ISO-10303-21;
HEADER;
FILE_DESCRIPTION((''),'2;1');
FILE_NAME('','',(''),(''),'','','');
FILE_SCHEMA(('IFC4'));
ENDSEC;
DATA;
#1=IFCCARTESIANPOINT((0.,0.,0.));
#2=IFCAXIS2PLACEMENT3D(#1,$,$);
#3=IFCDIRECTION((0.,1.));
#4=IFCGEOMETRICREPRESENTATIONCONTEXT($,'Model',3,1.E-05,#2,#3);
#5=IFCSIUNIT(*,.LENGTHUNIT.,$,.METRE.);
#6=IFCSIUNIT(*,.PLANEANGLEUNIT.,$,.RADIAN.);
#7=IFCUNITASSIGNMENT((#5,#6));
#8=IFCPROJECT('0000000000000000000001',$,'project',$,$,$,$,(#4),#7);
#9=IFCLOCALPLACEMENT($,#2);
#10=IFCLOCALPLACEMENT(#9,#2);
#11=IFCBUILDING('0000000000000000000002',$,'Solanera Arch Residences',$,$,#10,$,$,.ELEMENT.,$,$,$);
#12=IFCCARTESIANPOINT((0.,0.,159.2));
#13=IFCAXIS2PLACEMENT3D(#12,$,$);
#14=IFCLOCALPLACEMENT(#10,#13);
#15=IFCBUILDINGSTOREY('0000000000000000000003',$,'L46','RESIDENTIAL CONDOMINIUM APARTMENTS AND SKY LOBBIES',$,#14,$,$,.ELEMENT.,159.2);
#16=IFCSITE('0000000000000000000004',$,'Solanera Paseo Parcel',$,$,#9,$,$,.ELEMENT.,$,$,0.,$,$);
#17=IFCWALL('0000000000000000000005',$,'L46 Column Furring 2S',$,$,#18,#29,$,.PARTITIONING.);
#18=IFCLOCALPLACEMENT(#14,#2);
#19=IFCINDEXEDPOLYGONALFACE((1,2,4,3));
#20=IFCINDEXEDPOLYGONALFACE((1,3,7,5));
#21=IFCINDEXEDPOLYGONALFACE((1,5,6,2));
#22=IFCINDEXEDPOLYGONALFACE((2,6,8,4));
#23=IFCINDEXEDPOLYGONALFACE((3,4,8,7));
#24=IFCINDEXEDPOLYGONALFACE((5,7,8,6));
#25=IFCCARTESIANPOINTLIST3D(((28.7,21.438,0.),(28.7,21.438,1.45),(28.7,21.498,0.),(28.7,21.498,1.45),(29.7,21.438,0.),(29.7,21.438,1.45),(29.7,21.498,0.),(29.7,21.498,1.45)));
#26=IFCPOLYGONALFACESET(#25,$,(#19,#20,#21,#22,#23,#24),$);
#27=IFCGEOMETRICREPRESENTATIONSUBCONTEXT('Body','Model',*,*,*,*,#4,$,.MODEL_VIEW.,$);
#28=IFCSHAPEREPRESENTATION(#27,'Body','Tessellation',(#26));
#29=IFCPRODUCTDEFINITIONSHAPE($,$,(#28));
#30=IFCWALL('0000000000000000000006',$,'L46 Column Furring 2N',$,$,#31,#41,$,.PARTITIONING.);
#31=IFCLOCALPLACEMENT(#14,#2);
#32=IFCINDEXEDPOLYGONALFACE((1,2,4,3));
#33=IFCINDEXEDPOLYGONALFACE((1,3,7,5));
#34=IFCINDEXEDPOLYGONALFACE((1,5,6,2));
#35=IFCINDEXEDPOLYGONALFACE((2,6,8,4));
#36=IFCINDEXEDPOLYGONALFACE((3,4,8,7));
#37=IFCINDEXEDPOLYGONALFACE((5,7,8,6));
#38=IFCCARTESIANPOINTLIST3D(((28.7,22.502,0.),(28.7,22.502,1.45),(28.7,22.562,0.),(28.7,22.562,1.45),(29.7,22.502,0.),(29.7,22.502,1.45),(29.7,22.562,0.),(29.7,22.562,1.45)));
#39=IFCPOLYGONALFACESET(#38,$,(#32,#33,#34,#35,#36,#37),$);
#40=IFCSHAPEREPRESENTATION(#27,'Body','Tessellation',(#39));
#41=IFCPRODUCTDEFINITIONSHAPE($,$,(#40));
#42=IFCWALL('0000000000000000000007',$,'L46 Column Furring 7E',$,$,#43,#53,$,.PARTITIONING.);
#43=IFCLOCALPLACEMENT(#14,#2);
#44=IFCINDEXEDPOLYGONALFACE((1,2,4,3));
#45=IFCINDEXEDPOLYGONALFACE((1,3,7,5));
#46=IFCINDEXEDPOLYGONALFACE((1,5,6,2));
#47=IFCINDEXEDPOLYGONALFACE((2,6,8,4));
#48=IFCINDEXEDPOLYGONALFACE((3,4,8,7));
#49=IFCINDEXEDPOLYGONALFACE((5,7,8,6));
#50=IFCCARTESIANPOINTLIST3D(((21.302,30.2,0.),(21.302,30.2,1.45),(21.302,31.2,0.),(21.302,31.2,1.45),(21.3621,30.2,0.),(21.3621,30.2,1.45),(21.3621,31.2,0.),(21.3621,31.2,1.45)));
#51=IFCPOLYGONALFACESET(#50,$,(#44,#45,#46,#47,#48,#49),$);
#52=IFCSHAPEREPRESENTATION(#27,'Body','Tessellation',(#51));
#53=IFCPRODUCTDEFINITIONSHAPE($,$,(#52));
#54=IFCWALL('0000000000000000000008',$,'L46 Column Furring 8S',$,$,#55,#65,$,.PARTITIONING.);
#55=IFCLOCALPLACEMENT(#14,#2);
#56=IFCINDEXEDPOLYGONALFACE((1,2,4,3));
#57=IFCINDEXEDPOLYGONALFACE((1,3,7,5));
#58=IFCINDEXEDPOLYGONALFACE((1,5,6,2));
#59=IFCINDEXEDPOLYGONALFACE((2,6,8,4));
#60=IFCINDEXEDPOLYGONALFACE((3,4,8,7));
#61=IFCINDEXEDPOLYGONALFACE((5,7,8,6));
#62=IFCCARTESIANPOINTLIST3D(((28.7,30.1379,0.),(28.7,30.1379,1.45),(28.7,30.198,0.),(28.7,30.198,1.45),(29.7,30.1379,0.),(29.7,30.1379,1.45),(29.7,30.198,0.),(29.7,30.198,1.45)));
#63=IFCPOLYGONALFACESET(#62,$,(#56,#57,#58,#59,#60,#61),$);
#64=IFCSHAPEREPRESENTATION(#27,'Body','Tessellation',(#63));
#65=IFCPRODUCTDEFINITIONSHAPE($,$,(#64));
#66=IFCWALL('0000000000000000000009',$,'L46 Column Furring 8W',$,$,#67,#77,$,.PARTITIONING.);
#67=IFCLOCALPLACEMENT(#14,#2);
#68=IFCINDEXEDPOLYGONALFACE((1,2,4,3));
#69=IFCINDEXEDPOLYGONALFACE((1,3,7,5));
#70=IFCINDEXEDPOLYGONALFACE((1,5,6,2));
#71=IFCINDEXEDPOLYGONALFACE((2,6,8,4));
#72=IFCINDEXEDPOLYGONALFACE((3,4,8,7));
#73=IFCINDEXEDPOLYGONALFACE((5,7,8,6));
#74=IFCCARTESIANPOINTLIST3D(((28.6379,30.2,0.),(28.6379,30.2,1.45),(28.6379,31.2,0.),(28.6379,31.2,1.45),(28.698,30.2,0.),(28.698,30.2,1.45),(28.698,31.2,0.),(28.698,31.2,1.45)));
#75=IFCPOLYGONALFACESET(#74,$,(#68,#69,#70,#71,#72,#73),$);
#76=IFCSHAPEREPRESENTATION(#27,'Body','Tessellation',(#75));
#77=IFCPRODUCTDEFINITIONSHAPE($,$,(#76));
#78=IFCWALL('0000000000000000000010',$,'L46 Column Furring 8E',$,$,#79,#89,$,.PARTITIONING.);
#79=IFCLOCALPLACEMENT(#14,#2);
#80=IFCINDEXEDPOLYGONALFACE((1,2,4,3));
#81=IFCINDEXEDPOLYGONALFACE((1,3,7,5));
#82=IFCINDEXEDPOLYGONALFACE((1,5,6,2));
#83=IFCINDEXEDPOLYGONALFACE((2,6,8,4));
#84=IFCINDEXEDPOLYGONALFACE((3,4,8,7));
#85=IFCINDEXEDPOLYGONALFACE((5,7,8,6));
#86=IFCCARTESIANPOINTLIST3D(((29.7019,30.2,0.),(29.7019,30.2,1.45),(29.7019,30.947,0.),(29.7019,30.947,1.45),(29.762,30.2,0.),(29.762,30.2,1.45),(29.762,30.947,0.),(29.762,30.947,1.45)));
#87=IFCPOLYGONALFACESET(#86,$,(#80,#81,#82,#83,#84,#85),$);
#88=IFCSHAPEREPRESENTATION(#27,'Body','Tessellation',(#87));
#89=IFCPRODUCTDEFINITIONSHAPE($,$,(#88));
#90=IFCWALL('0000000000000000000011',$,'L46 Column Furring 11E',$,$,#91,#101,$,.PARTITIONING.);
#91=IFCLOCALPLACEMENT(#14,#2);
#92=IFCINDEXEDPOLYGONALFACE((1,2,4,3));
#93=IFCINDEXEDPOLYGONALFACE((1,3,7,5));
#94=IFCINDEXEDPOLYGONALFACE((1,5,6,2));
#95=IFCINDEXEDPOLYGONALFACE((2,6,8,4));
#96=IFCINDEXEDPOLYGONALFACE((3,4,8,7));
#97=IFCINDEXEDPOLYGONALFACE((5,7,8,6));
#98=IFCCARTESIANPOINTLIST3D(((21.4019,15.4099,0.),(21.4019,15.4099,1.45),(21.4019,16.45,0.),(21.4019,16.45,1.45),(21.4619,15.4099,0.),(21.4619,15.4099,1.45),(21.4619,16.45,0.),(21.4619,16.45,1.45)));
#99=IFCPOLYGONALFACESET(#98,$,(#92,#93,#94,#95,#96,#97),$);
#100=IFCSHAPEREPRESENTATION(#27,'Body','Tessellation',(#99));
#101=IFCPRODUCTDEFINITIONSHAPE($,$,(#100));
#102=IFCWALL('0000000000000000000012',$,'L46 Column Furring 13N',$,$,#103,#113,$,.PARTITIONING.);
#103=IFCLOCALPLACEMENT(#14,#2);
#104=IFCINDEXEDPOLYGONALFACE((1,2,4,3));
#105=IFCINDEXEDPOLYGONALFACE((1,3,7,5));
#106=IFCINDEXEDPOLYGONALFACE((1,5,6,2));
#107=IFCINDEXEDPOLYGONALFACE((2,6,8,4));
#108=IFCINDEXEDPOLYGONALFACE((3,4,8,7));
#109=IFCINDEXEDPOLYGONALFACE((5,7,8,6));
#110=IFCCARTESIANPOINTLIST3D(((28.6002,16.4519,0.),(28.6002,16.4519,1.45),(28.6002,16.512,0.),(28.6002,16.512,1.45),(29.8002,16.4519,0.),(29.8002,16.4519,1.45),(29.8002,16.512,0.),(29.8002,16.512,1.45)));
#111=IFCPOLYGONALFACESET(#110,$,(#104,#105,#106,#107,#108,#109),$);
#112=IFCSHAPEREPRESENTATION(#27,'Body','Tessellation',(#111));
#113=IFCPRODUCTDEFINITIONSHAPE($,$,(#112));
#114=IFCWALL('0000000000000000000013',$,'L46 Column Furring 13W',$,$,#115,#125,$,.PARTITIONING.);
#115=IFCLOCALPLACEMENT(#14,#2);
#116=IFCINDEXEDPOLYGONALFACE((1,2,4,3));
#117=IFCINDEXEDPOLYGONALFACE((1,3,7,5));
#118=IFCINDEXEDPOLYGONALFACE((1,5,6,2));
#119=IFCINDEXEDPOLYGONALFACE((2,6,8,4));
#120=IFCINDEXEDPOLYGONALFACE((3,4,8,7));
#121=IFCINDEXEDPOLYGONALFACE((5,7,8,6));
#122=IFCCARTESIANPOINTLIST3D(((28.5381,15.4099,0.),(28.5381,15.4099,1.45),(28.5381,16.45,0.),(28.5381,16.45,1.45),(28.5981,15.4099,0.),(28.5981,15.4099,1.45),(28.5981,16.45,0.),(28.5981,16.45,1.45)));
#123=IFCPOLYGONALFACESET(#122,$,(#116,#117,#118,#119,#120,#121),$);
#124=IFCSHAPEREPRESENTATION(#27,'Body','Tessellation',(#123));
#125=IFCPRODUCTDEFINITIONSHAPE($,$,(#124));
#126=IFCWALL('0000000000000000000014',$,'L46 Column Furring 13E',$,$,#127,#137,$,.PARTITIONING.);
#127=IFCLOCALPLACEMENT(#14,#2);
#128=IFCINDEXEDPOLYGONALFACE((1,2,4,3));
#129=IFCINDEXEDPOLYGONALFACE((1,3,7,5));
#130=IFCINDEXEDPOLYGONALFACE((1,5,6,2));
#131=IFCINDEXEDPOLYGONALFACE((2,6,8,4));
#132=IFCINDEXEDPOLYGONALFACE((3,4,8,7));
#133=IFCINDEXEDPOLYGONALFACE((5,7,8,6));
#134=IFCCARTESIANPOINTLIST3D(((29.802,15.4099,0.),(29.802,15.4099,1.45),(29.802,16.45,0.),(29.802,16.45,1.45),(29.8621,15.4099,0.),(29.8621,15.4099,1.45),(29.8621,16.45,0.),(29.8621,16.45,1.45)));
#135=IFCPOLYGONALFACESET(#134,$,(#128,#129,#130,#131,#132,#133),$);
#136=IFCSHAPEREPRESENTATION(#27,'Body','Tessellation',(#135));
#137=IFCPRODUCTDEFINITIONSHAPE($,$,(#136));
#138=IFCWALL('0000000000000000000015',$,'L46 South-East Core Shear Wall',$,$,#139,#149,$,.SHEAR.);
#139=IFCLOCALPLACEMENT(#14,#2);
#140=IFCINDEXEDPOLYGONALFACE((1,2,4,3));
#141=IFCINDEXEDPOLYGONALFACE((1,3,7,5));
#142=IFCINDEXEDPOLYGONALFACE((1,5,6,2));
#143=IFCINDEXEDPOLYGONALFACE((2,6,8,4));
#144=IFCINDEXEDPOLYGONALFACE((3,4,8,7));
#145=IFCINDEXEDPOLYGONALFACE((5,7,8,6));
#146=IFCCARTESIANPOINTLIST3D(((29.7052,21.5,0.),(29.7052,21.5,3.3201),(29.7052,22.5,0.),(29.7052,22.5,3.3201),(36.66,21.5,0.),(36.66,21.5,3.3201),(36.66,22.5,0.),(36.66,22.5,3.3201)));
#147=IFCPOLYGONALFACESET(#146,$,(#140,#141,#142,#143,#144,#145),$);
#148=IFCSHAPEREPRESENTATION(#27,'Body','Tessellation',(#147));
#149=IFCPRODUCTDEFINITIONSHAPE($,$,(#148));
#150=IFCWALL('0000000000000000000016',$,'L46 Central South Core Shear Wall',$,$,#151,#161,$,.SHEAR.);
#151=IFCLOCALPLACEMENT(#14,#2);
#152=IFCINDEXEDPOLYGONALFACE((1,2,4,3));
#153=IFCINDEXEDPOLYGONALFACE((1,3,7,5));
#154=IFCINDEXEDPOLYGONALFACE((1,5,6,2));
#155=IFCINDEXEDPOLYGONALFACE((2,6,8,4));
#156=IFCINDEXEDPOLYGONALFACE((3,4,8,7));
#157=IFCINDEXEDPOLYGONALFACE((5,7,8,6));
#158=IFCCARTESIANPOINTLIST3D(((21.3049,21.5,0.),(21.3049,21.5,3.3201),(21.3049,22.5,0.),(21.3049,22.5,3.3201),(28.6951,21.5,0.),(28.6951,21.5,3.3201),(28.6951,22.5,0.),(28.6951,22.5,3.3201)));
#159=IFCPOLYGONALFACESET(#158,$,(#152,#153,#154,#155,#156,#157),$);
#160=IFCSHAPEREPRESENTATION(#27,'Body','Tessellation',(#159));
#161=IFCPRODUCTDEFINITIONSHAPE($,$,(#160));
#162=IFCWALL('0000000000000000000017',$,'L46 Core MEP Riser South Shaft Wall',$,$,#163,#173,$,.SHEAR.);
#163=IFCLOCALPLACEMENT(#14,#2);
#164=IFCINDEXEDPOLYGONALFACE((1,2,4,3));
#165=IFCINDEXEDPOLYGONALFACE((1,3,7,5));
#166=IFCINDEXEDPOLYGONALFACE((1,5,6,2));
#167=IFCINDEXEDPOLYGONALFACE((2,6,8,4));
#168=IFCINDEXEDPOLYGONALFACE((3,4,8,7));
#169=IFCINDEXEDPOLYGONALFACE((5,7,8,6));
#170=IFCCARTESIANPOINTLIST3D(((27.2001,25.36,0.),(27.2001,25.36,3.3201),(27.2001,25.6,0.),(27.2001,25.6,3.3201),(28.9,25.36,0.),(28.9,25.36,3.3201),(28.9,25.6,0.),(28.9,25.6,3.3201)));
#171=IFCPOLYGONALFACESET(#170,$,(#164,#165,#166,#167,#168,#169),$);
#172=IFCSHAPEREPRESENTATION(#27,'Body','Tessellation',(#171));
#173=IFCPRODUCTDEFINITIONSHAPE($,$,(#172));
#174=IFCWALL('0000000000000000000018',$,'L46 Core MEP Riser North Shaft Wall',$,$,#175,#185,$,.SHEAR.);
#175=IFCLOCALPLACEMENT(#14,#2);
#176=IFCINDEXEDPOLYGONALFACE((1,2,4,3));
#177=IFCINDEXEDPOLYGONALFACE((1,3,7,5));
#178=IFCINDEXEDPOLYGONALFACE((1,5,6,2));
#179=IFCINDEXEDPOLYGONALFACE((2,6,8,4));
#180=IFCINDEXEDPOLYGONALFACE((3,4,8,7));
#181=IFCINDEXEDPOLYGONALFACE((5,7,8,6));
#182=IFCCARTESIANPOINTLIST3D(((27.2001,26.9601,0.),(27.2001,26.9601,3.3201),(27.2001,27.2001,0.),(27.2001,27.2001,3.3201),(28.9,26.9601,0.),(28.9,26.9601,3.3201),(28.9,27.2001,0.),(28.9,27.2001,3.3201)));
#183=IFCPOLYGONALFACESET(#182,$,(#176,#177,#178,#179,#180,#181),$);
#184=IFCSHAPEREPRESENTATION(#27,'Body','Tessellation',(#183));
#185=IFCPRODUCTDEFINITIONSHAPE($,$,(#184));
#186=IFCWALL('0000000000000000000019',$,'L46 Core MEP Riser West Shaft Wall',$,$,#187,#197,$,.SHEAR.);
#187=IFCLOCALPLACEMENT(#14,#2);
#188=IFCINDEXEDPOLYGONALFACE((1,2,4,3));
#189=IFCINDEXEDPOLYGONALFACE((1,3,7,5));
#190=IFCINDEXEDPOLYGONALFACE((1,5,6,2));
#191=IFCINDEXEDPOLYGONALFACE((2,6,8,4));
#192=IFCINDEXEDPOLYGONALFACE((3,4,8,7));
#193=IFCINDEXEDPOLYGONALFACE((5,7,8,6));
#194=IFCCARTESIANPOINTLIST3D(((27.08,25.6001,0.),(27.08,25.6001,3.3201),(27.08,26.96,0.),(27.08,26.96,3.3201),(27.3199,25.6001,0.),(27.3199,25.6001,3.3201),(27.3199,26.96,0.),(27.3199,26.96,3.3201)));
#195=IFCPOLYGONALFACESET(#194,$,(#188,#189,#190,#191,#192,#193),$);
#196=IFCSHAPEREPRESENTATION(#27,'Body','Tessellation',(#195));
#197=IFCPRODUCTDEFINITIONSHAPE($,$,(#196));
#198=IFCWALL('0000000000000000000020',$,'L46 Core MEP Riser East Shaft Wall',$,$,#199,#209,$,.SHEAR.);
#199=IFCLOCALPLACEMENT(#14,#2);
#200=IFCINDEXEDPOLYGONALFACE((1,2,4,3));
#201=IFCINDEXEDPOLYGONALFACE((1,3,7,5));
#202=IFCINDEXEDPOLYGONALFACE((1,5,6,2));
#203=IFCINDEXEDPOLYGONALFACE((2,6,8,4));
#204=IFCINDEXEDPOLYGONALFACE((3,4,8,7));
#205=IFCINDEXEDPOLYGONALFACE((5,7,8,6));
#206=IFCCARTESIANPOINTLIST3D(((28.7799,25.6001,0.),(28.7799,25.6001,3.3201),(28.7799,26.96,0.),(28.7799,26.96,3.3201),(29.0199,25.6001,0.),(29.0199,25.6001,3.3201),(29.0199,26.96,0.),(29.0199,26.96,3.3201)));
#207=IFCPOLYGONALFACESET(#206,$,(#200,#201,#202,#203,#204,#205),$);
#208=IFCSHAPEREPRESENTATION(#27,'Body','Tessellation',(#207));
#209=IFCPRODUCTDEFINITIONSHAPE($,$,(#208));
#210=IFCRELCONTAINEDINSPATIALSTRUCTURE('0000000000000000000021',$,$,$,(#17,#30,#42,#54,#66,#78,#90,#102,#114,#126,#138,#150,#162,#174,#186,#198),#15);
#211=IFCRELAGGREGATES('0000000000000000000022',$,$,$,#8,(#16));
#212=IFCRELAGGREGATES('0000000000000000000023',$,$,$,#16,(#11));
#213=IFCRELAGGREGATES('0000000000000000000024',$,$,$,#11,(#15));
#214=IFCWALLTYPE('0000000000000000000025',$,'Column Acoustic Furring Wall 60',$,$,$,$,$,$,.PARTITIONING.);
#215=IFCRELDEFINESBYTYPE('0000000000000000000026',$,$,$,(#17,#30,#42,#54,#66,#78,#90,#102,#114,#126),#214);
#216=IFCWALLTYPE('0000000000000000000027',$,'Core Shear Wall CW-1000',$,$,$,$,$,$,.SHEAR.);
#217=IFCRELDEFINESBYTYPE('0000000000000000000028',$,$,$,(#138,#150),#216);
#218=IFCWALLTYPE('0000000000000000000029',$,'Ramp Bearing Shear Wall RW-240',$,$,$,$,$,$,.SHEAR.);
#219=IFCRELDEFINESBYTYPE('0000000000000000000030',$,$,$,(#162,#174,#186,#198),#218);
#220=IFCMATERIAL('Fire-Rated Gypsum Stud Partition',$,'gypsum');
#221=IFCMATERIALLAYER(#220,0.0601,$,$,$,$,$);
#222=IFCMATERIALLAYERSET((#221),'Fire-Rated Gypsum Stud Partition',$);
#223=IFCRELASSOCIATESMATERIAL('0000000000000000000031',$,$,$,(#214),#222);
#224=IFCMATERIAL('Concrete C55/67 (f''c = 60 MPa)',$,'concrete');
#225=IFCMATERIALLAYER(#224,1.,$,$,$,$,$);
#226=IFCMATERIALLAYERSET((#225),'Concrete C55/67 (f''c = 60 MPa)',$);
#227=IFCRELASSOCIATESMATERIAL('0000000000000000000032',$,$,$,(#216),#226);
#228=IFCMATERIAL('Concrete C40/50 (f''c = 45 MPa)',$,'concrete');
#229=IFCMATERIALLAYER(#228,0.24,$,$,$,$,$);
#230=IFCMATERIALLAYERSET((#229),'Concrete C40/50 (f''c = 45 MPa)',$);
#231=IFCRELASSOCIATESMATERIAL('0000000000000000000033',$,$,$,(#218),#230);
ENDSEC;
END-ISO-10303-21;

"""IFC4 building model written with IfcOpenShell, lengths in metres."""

from ifc_helpers import new_model, si_unit, direction, frame, frame_2d, origin, place, context, subcontext, project, spatial, rectangle, extrude, material, layer, layer_set, type_object, element, save


model = new_model("IFC4")

# Units and contexts
model_context = context("Model", 3, precision=1e-05, world=origin(), true_north=direction((0.0, 1.0)))
body_context = subcontext(model_context, "Body", "Model", "MODEL_VIEW")
ifc_project = project(units=[si_unit("LENGTHUNIT", "METRE"), si_unit("PLANEANGLEUNIT", "RADIAN")], contexts=[model_context])

# Site, building, storey
site_placement = place(None, origin())
site = spatial("IfcSite", under=ifc_project, at=site_placement, Name="Solanera Paseo Parcel", CompositionType="ELEMENT", RefElevation=0.0)
building_placement = place(site_placement, origin())
building = spatial("IfcBuilding", under=site, at=building_placement, Name="Solanera Arch Residences", CompositionType="ELEMENT")
storey_placement = place(building_placement, frame((0.0, 0.0, 159.2)))
storey = spatial("IfcBuildingStorey", under=building, at=storey_placement, Name="L46", Description="RESIDENTIAL CONDOMINIUM APARTMENTS AND SKY LOBBIES", CompositionType="ELEMENT", Elevation=159.2)

# Walls
ifc_material_1 = material(Name="Fire-Rated Gypsum Stud Partition", Category="gypsum")
ifc_layer_1 = layer(ifc_material_1, 0.0601)
ifc_layer_set_1 = layer_set([ifc_layer_1], Name="Fire-Rated Gypsum Stud Partition")
wall_type_1 = type_object("IfcWallType", Name="Column Acoustic Furring Wall 60", PredefinedType="PARTITIONING", material=ifc_layer_set_1)
for number, where, z_axis, x_axis, name in (
    (1, (28.7, 21.468, 0.0), (0.0, 0.0, 1.0), (1.0, 0.0, 0.0), "L46 Column Furring 2S"),
    (2, (28.7, 22.532, 0.0), (0.0, 0.0, 1.0), (1.0, 0.0, 0.0), "L46 Column Furring 2N"),
    (3, (21.332, 30.2, 0.0), (0.0, 0.0, 1.0), (0.0, 1.0, 0.0), "L46 Column Furring 7E"),
    (4, (28.7, 30.168, 0.0), (0.0, 0.0, 1.0), (1.0, 0.0, 0.0), "L46 Column Furring 8S"),
    (5, (28.668, 30.2, 0.0), (0.0, 0.0, 1.0), (0.0, 1.0, 0.0), "L46 Column Furring 8W"),
):
    element("IfcWall", number, at=place(storey_placement, frame(where, z_axis=z_axis, x_axis=x_axis)), inside=storey, type_object=wall_type_1, Name=name, PredefinedType="PARTITIONING", context=body_context, shape_type="SweptSolid", body=[
        extrude(rectangle(XDim=1.0, YDim=0.0601, at=frame_2d((0.5, 0.0))), origin(), (0.0, 0.0, 1.0), 1.45),
    ])
wall_1_placement = place(storey_placement, frame((29.7319, 30.2, 0.0), z_axis=(0.0, 0.0, 1.0), x_axis=(0.0, 1.0, 0.0)))
element("IfcWall", 6, at=wall_1_placement, inside=storey, type_object=wall_type_1, Name="L46 Column Furring 8E", PredefinedType="PARTITIONING", context=body_context, shape_type="SweptSolid", body=[
    extrude(rectangle(XDim=0.7471, YDim=0.0601, at=frame_2d((0.3735, 0.0))), origin(), (0.0, 0.0, 1.0), 1.45),
])
wall_2_placement = place(storey_placement, frame((21.4319, 15.4099, 0.0), z_axis=(0.0, 0.0, 1.0), x_axis=(0.0, 1.0, 0.0)))
element("IfcWall", 7, at=wall_2_placement, inside=storey, type_object=wall_type_1, Name="L46 Column Furring 11E", PredefinedType="PARTITIONING", context=body_context, shape_type="SweptSolid", body=[
    extrude(rectangle(XDim=1.04, YDim=0.0601, at=frame_2d((0.52, 0.0))), origin(), (0.0, 0.0, 1.0), 1.45),
])
wall_3_placement = place(storey_placement, frame((28.6001, 16.4819, 0.0), z_axis=(0.0, 0.0, 1.0), x_axis=(1.0, 0.0, 0.0)))
element("IfcWall", 8, at=wall_3_placement, inside=storey, type_object=wall_type_1, Name="L46 Column Furring 13N", PredefinedType="PARTITIONING", context=body_context, shape_type="SweptSolid", body=[
    extrude(rectangle(XDim=1.2, YDim=0.0601, at=frame_2d((0.6001, 0.0))), origin(), (0.0, 0.0, 1.0), 1.45),
])
for number, where, z_axis, x_axis, name in (
    (9, (28.5681, 15.4099, 0.0), (0.0, 0.0, 1.0), (0.0, 1.0, 0.0), "L46 Column Furring 13W"),
    (10, (29.832, 15.4099, 0.0), (0.0, 0.0, 1.0), (0.0, 1.0, 0.0), "L46 Column Furring 13E"),
):
    element("IfcWall", number, at=place(storey_placement, frame(where, z_axis=z_axis, x_axis=x_axis)), inside=storey, type_object=wall_type_1, Name=name, PredefinedType="PARTITIONING", context=body_context, shape_type="SweptSolid", body=[
        extrude(rectangle(XDim=1.04, YDim=0.0601, at=frame_2d((0.52, 0.0))), origin(), (0.0, 0.0, 1.0), 1.45),
    ])
ifc_material_2 = material(Name="Concrete C55/67 (f'c = 60 MPa)", Category="concrete")
ifc_layer_2 = layer(ifc_material_2, 1.0)
ifc_layer_set_2 = layer_set([ifc_layer_2], Name="Concrete C55/67 (f'c = 60 MPa)")
wall_type_2 = type_object("IfcWallType", Name="Core Shear Wall CW-1000", PredefinedType="SHEAR", material=ifc_layer_set_2)
wall_4_placement = place(storey_placement, frame((29.7051, 22.0, 0.0), z_axis=(0.0, 0.0, 1.0), x_axis=(1.0, 0.0, 0.0)))
element("IfcWall", 11, at=wall_4_placement, inside=storey, type_object=wall_type_2, Name="L46 South-East Core Shear Wall", PredefinedType="SHEAR", context=body_context, shape_type="SweptSolid", body=[
    extrude(rectangle(XDim=6.9548, YDim=1.0, at=frame_2d((3.4775, 0.0))), origin(), (0.0, 0.0, 1.0), 3.3201),
])
wall_5_placement = place(storey_placement, frame((21.3049, 22.0, 0.0), z_axis=(0.0, 0.0, 1.0), x_axis=(1.0, 0.0, 0.0)))
element("IfcWall", 12, at=wall_5_placement, inside=storey, type_object=wall_type_2, Name="L46 Central South Core Shear Wall", PredefinedType="SHEAR", context=body_context, shape_type="SweptSolid", body=[
    extrude(rectangle(XDim=7.3901, YDim=1.0, at=frame_2d((3.6951, 0.0))), origin(), (0.0, 0.0, 1.0), 3.3201),
])
ifc_material_3 = material(Name="Concrete C40/50 (f'c = 45 MPa)", Category="concrete")
ifc_layer_3 = layer(ifc_material_3, 0.24)
ifc_layer_set_3 = layer_set([ifc_layer_3], Name="Concrete C40/50 (f'c = 45 MPa)")
wall_type_3 = type_object("IfcWallType", Name="Ramp Bearing Shear Wall RW-240", PredefinedType="SHEAR", material=ifc_layer_set_3)
for number, where, z_axis, x_axis, name in (
    (13, (27.2, 25.48, 0.0), (0.0, 0.0, 1.0), (1.0, 0.0, 0.0), "L46 Core MEP Riser South Shaft Wall"),
    (14, (27.2, 27.0801, 0.0), (0.0, 0.0, 1.0), (1.0, 0.0, 0.0), "L46 Core MEP Riser North Shaft Wall"),
):
    element("IfcWall", number, at=place(storey_placement, frame(where, z_axis=z_axis, x_axis=x_axis)), inside=storey, type_object=wall_type_3, Name=name, PredefinedType="SHEAR", context=body_context, shape_type="SweptSolid", body=[
        extrude(rectangle(XDim=1.7, YDim=0.24, at=frame_2d((0.8501, 0.0))), origin(), (0.0, 0.0, 1.0), 3.3201),
    ])
for number, where, z_axis, x_axis, name in (
    (15, (27.2, 25.6001, 0.0), (0.0, 0.0, 1.0), (0.0, 1.0, 0.0), "L46 Core MEP Riser West Shaft Wall"),
    (16, (28.8999, 25.6001, 0.0), (0.0, 0.0, 1.0), (0.0, 1.0, 0.0), "L46 Core MEP Riser East Shaft Wall"),
):
    element("IfcWall", number, at=place(storey_placement, frame(where, z_axis=z_axis, x_axis=x_axis)), inside=storey, type_object=wall_type_3, Name=name, PredefinedType="SHEAR", context=body_context, shape_type="SweptSolid", body=[
        extrude(rectangle(XDim=1.3599, YDim=0.24, at=frame_2d((0.6799, 0.0))), origin(), (0.0, 0.0, 1.0), 3.3201),
    ])

save(model, "model.ifc")
